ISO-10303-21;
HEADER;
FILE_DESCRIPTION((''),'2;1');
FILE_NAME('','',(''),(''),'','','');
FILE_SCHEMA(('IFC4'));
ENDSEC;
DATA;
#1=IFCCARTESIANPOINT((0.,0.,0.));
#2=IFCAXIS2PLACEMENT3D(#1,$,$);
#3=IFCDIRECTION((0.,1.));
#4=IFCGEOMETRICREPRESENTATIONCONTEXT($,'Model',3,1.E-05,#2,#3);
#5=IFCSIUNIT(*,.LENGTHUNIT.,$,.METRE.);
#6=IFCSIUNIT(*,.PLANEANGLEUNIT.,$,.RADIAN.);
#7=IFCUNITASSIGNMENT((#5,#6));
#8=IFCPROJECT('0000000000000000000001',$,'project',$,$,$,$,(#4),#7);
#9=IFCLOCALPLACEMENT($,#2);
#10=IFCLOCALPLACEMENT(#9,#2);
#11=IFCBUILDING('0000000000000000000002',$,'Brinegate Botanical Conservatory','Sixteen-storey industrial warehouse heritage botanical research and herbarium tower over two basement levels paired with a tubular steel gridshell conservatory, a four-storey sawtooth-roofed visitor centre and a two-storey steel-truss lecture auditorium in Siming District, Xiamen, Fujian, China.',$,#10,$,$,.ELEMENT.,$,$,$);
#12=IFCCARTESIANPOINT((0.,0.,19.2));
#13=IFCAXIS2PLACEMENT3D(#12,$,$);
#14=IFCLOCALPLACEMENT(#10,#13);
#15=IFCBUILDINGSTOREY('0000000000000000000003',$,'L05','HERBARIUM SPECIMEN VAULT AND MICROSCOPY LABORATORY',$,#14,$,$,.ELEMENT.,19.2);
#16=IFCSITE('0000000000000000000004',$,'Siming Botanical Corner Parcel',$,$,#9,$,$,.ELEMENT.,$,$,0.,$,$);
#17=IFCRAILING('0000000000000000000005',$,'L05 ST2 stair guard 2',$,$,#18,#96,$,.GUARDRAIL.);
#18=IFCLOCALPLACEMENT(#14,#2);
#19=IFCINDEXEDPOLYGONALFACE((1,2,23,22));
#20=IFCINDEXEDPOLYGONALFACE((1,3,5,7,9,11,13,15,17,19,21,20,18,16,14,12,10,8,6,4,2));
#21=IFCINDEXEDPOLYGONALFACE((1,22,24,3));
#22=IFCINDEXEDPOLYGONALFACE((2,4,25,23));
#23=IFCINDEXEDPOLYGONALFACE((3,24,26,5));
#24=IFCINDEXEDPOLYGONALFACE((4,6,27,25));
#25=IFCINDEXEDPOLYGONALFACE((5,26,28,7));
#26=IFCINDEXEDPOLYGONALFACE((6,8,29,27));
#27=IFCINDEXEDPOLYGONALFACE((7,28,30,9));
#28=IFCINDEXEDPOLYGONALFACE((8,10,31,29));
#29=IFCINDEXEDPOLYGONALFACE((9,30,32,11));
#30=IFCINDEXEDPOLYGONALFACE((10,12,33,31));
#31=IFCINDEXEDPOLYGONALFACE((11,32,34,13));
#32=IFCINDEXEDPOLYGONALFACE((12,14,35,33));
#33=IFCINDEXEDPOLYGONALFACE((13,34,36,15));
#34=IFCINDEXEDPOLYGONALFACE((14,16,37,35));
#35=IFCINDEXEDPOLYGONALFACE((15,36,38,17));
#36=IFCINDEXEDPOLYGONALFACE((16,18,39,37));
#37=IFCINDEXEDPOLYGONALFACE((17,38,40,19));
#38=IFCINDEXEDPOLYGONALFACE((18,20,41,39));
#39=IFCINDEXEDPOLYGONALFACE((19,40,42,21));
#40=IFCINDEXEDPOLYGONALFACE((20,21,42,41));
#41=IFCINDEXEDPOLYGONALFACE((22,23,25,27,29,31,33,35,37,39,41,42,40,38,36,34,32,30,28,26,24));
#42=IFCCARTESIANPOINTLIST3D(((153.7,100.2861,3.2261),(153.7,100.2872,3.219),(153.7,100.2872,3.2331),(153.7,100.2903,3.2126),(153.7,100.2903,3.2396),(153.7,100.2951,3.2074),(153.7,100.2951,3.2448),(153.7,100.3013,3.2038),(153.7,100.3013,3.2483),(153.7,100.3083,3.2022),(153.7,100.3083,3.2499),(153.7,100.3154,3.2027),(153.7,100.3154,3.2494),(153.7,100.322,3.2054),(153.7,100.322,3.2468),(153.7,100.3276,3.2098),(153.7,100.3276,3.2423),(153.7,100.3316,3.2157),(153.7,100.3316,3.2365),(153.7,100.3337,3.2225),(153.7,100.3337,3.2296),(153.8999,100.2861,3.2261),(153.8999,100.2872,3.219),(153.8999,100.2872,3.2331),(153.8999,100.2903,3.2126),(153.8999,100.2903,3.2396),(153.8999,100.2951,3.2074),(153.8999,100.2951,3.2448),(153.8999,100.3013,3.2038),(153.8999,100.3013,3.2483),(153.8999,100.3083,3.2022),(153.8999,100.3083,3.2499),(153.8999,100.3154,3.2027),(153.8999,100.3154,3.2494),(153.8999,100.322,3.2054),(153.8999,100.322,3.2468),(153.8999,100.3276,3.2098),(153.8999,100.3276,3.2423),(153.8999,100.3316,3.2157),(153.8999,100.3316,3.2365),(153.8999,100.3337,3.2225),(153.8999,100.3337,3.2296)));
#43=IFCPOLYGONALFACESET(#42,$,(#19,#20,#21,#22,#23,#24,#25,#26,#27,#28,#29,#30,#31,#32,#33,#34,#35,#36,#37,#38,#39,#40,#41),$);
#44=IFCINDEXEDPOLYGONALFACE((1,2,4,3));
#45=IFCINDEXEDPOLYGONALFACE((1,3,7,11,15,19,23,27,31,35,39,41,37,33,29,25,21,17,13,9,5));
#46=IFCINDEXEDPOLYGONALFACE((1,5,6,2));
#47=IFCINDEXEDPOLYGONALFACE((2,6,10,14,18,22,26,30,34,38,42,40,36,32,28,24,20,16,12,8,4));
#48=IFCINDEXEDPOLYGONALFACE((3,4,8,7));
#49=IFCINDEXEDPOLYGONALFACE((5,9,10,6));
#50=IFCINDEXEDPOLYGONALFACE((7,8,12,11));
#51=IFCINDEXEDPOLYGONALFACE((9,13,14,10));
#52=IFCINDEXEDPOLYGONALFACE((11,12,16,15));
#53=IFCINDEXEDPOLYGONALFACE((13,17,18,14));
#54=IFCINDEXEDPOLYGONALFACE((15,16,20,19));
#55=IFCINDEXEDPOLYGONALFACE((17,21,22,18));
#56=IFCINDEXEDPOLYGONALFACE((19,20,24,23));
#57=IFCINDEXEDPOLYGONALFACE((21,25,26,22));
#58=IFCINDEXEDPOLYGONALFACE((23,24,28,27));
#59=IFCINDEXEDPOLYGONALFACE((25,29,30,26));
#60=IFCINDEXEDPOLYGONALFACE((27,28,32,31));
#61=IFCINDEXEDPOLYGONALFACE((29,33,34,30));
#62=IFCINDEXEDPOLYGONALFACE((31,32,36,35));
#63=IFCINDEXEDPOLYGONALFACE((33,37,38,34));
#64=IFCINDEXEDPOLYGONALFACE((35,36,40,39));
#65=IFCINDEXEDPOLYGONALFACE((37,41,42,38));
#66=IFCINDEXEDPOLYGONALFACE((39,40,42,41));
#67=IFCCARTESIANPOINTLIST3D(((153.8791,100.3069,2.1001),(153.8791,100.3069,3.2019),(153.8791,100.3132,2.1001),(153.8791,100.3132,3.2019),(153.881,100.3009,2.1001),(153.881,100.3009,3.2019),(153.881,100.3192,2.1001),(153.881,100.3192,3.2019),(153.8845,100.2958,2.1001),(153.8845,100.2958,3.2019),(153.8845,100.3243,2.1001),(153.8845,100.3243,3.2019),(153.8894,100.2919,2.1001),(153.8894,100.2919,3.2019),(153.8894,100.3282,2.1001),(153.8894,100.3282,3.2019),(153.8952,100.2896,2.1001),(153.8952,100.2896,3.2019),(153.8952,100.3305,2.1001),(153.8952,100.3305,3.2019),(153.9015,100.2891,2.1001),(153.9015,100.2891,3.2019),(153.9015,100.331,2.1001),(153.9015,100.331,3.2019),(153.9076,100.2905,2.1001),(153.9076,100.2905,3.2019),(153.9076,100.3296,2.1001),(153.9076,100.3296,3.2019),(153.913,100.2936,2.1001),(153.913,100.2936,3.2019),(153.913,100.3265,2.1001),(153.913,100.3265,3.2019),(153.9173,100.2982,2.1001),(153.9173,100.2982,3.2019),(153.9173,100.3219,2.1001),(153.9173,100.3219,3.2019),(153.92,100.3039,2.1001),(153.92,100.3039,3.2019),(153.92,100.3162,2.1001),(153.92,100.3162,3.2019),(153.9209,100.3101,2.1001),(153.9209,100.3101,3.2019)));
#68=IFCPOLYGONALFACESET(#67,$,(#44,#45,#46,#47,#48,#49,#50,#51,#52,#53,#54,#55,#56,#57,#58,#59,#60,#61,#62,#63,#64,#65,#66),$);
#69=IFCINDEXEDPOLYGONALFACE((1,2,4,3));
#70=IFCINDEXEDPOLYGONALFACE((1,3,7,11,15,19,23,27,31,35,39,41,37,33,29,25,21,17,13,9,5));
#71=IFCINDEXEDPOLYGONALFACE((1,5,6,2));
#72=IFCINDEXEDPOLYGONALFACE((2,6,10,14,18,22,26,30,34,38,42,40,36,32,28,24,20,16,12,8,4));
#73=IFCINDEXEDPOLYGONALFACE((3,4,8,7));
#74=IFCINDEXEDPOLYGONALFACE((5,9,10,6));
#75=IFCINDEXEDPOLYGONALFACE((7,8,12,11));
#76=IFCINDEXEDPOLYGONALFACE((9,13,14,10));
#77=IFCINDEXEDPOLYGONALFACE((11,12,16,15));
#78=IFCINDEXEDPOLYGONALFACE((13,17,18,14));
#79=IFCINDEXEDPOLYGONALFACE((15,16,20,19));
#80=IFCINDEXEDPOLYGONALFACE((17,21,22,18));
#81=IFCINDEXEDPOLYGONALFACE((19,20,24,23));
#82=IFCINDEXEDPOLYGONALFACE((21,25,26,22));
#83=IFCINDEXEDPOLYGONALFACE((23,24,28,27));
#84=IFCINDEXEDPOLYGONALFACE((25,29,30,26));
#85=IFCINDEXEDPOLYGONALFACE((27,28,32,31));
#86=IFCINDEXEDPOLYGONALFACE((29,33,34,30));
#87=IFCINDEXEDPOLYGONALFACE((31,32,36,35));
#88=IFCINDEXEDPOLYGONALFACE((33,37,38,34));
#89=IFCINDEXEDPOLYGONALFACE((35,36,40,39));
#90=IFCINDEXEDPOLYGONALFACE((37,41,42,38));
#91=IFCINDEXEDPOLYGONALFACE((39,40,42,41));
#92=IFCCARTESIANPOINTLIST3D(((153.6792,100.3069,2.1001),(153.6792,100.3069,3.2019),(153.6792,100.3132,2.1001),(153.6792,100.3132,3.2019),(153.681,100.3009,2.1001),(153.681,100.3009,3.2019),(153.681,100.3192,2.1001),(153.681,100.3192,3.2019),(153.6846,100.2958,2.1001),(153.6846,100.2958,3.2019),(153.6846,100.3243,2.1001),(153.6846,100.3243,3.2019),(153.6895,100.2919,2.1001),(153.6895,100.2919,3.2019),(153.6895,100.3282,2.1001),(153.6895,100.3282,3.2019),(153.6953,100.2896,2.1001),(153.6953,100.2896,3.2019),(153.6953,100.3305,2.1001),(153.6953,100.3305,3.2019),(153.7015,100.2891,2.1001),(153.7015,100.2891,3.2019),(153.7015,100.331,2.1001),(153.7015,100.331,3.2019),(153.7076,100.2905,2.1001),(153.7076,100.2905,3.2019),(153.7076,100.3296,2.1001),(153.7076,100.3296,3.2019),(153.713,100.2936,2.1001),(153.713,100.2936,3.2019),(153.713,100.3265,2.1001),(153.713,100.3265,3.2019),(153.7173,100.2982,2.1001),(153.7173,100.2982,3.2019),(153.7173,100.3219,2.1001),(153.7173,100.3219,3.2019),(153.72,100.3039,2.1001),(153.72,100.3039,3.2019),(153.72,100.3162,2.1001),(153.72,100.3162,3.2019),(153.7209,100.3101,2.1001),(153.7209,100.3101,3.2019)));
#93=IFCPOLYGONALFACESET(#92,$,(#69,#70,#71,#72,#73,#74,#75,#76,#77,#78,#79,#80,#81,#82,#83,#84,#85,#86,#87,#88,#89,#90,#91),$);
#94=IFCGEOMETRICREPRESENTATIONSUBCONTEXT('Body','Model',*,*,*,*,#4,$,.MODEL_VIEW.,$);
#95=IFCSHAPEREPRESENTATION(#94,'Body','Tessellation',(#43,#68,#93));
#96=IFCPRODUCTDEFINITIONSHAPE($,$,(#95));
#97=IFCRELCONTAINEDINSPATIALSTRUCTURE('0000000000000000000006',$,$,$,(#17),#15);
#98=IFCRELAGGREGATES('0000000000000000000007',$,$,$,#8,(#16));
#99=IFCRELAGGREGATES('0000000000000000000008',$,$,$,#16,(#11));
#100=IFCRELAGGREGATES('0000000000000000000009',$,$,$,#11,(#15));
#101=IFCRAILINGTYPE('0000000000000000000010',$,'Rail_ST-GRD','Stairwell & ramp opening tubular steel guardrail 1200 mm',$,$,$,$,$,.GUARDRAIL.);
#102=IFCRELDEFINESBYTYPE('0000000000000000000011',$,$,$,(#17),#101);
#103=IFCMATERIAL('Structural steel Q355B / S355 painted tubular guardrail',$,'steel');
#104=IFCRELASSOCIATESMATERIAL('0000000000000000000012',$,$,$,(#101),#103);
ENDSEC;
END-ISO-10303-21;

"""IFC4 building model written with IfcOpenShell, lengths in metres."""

from ifc_helpers import new_model, si_unit, direction, frame, origin, origin_2d, place, context, subcontext, project, spatial, circle, extrude, material, type_object, element, save


model = new_model("IFC4")

# Units and contexts
model_context = context("Model", 3, precision=1e-05, world=origin(), true_north=direction((0.0, 1.0)))
body_context = subcontext(model_context, "Body", "Model", "MODEL_VIEW")
ifc_project = project(units=[si_unit("LENGTHUNIT", "METRE"), si_unit("PLANEANGLEUNIT", "RADIAN")], contexts=[model_context])

# Site, building, storey
site_placement = place(None, origin())
site = spatial("IfcSite", under=ifc_project, at=site_placement, Name="Siming Botanical Corner Parcel", CompositionType="ELEMENT", RefElevation=0.0)
building_placement = place(site_placement, origin())
building = spatial("IfcBuilding", under=site, at=building_placement, Name="Brinegate Botanical Conservatory", Description="Sixteen-storey industrial warehouse heritage botanical research and herbarium tower over two basement levels paired with a tubular steel gridshell conservatory, a four-storey sawtooth-roofed visitor centre and a two-storey steel-truss lecture auditorium in Siming District, Xiamen, Fujian, China.", CompositionType="ELEMENT")
storey_placement = place(building_placement, frame((0.0, 0.0, 19.2)))
storey = spatial("IfcBuildingStorey", under=building, at=storey_placement, Name="L05", Description="HERBARIUM SPECIMEN VAULT AND MICROSCOPY LABORATORY", CompositionType="ELEMENT", Elevation=19.2)

# Railing
ifc_material_1 = material(Name="Structural steel Q355B / S355 painted tubular guardrail", Category="steel")
railing_type_1 = type_object("IfcRailingType", Name="Rail_ST-GRD", Description="Stairwell & ramp opening tubular steel guardrail 1200 mm", PredefinedType="GUARDRAIL", material=ifc_material_1)
railing_1_placement = place(storey_placement, frame((153.8999, 100.3101, 2.1001)))
element("IfcRailing", 1, at=railing_1_placement, inside=storey, type_object=railing_type_1, Name="L05 ST2 stair guard 2", PredefinedType="GUARDRAIL", context=body_context, shape_type="SweptSolid", body=[
    extrude(circle(Radius=0.0239, at=origin_2d()), frame((0.0, 0.0, 1.126), z_axis=(-1.0, 0.0, 0.0), x_axis=(0.0, -1.0, 0.0)), (0.0, 0.0, 1.0), 0.2),
    extrude(circle(Radius=0.021, at=origin_2d()), origin(), (0.0, 0.0, 1.0), 1.1018),
    extrude(circle(Radius=0.021, at=origin_2d()), frame((-0.2, 0.0, 0.0)), (0.0, 0.0, 1.0), 1.1018),
])

save(model, "model.ifc")
